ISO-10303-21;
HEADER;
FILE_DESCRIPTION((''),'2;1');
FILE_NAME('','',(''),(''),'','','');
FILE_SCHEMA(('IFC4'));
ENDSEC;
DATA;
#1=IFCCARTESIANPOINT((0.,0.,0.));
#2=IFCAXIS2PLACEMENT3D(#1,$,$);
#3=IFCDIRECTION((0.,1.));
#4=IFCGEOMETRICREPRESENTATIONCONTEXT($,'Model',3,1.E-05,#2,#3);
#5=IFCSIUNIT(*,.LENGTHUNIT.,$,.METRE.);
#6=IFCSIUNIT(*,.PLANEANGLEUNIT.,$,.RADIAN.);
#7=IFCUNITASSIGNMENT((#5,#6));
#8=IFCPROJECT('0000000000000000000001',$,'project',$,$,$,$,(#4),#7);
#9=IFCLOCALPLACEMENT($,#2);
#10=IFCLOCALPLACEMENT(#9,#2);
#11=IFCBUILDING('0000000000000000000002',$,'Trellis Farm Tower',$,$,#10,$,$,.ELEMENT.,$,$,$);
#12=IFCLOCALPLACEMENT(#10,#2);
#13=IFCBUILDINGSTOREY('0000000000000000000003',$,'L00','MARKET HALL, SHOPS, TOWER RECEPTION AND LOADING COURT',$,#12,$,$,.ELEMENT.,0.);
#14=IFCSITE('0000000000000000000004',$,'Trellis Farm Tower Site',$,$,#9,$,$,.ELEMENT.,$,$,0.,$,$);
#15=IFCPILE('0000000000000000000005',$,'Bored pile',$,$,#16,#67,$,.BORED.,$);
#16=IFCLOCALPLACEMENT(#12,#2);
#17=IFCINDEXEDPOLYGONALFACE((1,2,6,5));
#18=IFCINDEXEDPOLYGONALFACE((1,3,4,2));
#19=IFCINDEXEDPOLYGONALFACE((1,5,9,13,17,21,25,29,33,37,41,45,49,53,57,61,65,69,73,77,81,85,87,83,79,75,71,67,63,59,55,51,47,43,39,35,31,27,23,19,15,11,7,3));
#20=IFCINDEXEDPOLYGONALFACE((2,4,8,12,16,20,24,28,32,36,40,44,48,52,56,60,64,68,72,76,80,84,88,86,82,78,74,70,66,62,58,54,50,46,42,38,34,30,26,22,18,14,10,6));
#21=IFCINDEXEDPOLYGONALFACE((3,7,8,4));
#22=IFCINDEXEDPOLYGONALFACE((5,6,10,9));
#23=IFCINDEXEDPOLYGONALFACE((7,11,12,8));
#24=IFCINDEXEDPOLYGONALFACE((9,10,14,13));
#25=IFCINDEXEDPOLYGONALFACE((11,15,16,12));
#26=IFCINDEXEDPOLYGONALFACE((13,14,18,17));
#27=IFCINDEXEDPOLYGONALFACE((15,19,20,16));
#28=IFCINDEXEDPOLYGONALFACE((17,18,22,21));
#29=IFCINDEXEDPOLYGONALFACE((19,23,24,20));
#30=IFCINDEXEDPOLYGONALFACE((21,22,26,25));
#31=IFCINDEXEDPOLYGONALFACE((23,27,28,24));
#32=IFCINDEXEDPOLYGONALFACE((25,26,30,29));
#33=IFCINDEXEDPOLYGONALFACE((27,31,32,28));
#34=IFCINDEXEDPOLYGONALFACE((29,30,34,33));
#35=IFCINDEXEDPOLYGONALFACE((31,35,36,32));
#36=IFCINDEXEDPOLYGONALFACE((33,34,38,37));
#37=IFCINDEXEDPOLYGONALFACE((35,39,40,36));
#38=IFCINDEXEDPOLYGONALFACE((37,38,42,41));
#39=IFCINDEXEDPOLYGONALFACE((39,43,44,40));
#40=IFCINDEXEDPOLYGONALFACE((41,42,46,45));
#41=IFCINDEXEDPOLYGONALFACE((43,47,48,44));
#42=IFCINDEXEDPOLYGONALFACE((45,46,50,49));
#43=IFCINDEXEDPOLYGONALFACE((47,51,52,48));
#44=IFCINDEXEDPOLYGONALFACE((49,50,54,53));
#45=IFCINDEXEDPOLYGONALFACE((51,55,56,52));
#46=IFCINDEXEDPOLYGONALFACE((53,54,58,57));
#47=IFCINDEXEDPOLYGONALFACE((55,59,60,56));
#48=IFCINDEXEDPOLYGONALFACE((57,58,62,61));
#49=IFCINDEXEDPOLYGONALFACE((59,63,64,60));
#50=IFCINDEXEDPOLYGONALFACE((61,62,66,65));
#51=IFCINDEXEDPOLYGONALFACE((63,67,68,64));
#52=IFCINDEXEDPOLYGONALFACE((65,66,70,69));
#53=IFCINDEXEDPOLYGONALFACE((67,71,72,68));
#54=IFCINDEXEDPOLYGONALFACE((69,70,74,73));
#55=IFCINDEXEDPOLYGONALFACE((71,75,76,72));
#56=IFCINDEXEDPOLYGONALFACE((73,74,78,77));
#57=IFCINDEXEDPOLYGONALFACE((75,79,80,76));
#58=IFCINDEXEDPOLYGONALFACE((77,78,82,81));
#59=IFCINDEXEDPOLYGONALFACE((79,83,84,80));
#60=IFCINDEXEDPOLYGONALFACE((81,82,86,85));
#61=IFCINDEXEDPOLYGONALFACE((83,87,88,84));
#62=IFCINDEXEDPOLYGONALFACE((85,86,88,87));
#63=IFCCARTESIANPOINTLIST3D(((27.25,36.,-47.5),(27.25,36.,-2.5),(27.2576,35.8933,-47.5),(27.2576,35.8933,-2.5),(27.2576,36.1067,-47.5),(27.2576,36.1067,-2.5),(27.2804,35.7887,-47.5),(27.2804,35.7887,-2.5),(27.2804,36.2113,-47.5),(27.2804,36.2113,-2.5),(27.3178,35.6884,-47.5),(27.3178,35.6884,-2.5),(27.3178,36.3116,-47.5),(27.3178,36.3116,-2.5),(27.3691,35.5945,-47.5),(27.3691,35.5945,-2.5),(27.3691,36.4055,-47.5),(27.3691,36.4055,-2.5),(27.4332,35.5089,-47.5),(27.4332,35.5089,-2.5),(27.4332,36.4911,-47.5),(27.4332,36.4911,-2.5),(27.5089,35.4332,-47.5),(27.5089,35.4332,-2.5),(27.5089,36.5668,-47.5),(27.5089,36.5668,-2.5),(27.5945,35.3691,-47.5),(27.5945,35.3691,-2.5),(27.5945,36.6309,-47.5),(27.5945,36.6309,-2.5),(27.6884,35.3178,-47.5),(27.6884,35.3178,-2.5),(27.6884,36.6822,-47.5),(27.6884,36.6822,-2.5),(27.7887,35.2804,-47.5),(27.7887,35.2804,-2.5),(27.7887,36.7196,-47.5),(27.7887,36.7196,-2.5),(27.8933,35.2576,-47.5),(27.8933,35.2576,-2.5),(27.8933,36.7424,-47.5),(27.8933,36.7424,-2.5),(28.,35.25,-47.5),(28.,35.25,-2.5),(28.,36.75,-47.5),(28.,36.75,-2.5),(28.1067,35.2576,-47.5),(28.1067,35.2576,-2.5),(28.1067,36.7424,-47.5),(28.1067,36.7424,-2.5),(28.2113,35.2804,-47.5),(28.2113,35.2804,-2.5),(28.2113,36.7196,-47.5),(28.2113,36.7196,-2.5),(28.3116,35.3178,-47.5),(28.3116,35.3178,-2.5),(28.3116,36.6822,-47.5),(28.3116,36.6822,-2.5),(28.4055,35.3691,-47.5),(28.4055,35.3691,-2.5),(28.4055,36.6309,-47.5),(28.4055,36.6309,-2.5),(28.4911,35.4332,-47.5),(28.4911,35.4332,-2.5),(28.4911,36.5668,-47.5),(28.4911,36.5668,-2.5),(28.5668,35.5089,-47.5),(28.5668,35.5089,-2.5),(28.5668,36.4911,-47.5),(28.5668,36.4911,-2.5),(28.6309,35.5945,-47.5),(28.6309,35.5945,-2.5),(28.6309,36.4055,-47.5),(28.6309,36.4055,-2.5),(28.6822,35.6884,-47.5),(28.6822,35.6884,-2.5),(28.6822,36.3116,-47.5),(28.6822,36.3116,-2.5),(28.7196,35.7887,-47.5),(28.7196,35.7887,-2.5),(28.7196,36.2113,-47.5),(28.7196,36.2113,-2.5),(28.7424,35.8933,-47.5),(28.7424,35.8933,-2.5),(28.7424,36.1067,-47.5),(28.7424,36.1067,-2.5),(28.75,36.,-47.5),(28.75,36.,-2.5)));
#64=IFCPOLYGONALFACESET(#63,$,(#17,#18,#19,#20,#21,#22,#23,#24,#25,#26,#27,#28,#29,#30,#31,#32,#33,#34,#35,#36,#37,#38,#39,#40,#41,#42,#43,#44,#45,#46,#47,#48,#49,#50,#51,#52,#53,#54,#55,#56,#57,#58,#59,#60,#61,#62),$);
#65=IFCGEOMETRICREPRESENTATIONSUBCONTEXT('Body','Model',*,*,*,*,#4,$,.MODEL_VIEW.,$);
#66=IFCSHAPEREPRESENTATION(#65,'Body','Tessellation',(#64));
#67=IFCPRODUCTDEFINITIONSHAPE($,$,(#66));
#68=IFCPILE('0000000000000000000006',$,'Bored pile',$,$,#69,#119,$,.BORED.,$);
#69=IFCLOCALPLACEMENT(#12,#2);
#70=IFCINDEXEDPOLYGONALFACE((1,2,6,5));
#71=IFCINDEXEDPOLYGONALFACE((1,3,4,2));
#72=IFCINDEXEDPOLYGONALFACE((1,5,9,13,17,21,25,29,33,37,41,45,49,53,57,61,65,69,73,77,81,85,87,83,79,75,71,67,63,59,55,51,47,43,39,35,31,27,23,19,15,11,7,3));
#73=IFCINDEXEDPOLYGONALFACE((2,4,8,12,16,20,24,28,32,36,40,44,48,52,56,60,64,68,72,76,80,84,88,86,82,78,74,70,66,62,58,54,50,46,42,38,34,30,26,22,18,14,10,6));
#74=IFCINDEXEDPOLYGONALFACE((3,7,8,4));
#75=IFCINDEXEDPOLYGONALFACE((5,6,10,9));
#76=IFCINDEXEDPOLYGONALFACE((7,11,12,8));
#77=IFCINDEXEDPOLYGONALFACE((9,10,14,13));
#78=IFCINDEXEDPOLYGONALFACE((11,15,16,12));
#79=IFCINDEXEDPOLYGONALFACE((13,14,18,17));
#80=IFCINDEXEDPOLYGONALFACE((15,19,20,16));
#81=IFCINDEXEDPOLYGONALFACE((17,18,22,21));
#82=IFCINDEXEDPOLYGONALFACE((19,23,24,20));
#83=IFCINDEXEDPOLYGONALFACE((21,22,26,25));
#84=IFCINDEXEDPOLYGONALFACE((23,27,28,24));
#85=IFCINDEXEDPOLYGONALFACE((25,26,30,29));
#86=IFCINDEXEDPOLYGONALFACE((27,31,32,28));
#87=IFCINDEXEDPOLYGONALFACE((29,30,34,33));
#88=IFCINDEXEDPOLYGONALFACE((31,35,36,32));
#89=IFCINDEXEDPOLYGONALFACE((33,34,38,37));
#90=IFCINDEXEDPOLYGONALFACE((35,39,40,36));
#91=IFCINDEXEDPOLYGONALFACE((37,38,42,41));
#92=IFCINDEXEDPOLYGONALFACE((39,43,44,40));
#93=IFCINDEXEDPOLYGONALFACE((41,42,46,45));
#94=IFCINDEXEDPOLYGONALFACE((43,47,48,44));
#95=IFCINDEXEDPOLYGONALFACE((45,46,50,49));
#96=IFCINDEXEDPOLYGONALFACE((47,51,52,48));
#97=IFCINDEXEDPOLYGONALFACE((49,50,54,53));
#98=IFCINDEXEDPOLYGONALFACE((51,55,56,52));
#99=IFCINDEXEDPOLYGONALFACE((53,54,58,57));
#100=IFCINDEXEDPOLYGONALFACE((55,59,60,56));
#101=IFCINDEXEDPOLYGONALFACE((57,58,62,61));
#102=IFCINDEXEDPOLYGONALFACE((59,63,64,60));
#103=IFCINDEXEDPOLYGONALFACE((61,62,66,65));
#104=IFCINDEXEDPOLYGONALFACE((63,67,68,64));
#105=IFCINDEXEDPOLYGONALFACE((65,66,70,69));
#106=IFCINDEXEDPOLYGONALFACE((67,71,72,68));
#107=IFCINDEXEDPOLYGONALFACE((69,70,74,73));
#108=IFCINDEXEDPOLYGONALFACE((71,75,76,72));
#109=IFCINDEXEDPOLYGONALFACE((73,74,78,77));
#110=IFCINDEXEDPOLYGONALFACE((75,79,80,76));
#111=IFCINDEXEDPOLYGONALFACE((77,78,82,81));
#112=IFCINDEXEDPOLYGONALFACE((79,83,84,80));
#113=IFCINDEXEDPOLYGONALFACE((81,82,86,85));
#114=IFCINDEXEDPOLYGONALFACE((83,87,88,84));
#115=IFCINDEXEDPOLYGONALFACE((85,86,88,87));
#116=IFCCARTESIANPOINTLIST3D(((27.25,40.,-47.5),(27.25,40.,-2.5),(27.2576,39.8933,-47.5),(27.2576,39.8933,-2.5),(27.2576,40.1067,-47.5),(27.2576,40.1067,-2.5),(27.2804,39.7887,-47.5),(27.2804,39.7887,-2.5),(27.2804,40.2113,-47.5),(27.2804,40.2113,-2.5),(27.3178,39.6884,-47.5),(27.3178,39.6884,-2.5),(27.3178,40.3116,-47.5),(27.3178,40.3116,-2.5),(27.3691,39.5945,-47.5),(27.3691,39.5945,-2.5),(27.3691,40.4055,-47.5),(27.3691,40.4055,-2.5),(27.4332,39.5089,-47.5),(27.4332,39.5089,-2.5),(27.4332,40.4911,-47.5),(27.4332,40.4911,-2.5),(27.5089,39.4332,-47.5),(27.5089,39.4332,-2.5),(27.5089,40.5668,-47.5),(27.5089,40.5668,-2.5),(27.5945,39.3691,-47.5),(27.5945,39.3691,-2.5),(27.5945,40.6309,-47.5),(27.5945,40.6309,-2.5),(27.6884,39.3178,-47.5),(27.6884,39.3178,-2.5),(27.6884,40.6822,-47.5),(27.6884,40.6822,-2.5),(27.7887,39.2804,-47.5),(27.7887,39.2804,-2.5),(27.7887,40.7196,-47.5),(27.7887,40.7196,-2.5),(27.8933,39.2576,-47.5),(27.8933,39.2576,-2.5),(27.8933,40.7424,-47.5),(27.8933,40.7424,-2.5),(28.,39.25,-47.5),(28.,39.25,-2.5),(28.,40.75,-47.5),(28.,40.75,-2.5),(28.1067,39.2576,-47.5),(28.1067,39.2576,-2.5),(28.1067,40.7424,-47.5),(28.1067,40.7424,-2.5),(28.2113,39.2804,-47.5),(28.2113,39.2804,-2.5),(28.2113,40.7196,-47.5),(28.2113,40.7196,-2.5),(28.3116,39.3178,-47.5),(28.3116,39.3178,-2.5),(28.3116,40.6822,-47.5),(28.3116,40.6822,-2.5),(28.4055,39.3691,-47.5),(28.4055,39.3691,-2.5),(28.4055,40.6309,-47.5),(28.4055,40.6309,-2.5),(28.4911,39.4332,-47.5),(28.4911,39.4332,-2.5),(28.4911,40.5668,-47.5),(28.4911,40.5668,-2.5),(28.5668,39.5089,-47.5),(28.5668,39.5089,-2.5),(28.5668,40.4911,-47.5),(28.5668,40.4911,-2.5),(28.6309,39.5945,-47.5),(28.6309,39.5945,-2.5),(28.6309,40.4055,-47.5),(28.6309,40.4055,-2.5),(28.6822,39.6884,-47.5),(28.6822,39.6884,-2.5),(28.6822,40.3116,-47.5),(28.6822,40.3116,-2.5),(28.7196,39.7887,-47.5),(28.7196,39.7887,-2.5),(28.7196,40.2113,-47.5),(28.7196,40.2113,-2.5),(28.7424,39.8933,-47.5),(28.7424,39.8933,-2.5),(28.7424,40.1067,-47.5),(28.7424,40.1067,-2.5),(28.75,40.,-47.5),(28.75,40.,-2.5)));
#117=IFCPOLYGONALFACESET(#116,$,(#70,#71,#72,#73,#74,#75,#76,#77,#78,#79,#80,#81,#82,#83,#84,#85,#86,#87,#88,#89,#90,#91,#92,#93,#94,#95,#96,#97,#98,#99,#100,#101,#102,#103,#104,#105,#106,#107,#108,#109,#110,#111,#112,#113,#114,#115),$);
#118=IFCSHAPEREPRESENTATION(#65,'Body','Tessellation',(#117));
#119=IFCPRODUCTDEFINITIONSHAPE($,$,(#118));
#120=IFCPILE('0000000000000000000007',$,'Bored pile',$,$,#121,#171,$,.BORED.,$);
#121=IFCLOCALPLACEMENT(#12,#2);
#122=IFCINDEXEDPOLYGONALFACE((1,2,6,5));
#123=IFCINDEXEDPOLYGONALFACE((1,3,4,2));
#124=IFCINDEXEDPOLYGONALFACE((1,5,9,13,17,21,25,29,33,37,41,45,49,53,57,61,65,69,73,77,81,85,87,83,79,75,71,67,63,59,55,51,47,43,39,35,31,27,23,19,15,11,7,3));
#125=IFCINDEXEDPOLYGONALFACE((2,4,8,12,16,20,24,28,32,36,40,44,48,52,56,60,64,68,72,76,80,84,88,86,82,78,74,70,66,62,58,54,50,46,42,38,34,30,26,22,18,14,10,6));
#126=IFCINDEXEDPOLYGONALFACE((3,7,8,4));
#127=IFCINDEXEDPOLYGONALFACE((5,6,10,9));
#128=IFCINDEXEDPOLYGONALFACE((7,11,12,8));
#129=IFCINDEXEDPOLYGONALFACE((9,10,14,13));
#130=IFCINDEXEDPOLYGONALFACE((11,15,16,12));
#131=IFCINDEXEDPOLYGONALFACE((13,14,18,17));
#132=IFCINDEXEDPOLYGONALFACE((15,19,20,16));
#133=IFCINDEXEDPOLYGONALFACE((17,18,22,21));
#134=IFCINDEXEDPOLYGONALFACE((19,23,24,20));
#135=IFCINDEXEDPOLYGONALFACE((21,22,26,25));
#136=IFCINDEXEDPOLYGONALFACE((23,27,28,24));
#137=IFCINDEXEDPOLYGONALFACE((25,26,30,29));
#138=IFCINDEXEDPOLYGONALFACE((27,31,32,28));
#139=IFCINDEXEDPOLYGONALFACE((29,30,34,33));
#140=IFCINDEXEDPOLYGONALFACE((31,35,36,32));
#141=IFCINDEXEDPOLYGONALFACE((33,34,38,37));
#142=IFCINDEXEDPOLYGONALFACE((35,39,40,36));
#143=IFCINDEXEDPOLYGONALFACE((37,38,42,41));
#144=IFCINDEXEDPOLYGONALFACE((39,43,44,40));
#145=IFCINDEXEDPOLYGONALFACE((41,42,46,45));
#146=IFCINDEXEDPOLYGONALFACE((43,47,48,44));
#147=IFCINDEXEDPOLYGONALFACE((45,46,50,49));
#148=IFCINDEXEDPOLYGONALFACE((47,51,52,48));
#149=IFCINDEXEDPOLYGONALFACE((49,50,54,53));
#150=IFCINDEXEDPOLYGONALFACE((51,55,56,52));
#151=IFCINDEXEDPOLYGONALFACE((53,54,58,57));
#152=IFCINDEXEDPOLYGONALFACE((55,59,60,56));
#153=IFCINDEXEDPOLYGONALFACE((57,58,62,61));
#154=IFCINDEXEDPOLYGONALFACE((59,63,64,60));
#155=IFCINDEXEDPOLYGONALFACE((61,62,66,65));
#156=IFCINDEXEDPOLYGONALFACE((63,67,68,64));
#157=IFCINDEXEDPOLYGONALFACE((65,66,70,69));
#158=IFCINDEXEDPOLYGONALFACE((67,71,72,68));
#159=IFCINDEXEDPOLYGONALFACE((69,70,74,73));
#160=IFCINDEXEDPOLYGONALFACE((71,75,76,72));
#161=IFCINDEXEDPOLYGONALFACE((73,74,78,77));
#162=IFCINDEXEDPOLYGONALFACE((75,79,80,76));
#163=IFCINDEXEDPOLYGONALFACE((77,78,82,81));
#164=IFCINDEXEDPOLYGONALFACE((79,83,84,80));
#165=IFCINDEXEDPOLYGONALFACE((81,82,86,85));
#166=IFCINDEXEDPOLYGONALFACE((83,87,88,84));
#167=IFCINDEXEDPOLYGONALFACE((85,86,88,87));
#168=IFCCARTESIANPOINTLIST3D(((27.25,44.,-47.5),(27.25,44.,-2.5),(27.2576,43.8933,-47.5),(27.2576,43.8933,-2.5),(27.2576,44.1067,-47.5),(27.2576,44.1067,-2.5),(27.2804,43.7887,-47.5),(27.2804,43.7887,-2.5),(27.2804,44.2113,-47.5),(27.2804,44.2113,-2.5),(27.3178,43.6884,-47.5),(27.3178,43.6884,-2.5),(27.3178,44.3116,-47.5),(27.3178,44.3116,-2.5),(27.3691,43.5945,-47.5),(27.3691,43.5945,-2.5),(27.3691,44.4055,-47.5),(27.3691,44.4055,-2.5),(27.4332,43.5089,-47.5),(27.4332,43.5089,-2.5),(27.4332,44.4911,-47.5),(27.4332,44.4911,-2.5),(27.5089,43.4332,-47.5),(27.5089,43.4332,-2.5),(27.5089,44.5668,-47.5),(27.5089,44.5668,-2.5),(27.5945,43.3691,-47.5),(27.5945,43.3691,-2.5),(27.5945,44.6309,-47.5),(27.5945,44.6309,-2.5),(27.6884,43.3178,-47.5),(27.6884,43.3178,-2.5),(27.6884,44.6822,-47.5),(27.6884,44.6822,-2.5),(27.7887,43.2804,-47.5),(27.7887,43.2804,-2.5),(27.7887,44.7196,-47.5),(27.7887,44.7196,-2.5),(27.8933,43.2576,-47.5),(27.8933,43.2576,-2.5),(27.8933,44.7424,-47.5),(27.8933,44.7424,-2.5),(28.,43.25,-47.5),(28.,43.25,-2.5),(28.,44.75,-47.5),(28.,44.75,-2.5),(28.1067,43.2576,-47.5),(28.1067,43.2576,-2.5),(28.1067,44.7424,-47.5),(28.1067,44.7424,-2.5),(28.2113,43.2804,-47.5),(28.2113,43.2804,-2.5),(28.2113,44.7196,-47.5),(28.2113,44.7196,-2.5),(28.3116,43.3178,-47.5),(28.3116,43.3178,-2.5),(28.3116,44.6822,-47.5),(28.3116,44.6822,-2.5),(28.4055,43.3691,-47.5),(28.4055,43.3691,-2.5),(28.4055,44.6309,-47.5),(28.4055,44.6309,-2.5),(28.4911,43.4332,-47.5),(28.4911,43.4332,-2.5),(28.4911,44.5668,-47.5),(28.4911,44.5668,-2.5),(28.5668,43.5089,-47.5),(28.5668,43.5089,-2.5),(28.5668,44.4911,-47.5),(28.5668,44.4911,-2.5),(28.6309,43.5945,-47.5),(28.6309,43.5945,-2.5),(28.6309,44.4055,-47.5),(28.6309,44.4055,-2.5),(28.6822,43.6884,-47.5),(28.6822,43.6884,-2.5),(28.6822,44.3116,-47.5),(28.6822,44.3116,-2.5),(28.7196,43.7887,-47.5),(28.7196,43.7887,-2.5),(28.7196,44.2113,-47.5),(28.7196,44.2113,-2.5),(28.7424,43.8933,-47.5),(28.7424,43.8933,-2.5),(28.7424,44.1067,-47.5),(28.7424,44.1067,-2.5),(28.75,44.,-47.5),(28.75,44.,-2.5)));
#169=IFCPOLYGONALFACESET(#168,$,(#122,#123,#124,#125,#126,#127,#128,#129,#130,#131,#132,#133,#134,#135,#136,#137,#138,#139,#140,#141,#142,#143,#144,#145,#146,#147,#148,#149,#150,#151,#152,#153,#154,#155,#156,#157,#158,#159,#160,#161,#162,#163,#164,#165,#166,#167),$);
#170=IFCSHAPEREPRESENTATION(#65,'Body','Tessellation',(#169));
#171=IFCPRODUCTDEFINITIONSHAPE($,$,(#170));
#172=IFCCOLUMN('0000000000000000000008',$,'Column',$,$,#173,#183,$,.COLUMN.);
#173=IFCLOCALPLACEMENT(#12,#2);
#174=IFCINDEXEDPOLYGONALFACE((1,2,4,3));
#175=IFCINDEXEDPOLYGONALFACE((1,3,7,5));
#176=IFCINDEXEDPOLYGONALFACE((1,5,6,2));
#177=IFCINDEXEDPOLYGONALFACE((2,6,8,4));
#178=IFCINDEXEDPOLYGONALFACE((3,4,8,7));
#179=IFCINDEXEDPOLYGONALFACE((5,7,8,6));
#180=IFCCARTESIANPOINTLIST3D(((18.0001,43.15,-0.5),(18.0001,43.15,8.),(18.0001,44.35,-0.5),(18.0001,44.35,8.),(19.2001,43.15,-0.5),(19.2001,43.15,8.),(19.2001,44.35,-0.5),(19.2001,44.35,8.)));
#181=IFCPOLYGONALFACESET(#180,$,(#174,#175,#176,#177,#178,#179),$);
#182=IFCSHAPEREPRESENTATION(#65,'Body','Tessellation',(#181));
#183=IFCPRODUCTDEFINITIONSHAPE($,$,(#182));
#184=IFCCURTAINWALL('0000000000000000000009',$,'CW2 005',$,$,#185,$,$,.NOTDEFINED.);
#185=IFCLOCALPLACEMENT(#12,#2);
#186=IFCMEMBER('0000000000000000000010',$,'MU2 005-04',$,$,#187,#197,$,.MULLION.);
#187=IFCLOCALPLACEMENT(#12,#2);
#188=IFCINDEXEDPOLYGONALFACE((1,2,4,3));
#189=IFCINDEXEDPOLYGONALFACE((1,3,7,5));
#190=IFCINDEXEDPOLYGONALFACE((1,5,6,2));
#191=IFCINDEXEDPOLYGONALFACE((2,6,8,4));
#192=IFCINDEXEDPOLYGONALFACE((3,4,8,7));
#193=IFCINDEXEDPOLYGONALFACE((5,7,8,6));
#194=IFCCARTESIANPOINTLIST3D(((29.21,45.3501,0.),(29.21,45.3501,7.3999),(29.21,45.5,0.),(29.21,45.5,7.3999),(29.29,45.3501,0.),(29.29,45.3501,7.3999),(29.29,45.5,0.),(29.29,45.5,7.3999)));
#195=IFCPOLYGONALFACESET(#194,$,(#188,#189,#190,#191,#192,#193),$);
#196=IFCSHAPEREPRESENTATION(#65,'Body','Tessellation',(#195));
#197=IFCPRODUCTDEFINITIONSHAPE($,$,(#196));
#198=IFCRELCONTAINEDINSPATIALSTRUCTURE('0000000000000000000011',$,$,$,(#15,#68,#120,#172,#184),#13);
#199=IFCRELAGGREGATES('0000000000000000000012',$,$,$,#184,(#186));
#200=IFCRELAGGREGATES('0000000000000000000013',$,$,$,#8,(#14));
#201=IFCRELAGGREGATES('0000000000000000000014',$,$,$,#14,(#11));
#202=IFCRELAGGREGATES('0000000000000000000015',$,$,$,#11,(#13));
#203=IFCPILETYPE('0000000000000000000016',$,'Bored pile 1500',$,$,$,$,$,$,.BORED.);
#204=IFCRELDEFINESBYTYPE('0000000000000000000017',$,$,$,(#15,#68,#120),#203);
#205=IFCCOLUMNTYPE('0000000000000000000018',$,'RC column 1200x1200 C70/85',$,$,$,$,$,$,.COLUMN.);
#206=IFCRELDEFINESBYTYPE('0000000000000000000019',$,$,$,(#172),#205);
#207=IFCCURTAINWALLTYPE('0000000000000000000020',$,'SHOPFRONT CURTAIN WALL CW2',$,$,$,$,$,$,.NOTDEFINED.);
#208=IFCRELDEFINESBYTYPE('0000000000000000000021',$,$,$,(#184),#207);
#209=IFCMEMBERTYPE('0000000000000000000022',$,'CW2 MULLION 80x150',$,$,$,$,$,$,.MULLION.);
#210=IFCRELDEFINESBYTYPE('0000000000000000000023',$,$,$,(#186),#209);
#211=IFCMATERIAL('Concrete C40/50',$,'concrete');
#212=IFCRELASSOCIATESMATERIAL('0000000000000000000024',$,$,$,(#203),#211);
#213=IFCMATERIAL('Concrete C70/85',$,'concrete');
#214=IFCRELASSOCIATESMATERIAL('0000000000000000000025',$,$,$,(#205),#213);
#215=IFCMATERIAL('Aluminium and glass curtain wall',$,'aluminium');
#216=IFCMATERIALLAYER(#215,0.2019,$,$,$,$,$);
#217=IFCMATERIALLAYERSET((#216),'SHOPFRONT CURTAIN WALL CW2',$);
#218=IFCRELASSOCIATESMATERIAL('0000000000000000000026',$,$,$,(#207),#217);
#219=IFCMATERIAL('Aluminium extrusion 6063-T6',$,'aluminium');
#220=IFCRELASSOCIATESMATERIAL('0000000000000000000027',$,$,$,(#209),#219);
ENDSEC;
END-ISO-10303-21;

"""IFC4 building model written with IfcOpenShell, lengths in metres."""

from ifc_helpers import new_model, si_unit, direction, frame, origin, origin_2d, place, context, subcontext, project, spatial, rectangle, circle, extrude, source, transform, mapped, material, layer, layer_set, material_profile, profile_set, type_object, element, aggregate, save


model = new_model("IFC4")

# Units and contexts
model_context = context("Model", 3, precision=1e-05, world=origin(), true_north=direction((0.0, 1.0)))
body_context = subcontext(model_context, "Body", "Model", "MODEL_VIEW")
ifc_project = project(units=[si_unit("LENGTHUNIT", "METRE"), si_unit("PLANEANGLEUNIT", "RADIAN")], contexts=[model_context])

# Site, building, storey
site_placement = place(None, origin())
site = spatial("IfcSite", under=ifc_project, at=site_placement, Name="Trellis Farm Tower Site", CompositionType="ELEMENT", RefElevation=0.0)
building_placement = place(site_placement, origin())
building = spatial("IfcBuilding", under=site, at=building_placement, Name="Trellis Farm Tower", CompositionType="ELEMENT")
storey_placement = place(building_placement, origin())
storey = spatial("IfcBuildingStorey", under=building, at=storey_placement, Name="L00", Description="MARKET HALL, SHOPS, TOWER RECEPTION AND LOADING COURT", CompositionType="ELEMENT", Elevation=0.0)

# Piles
ifc_material_1 = material(Name="Concrete C40/50", Category="concrete")
ifc_material_profile_1 = material_profile(ifc_material_1, circle(Radius=0.75, at=origin_2d()), Name="Bored pile 1500")
ifc_profile_set_1 = profile_set([ifc_material_profile_1], Name="Concrete C40/50")
pile_type = type_object("IfcPileType", Name="Bored pile 1500", PredefinedType="BORED", material=ifc_profile_set_1)
shared_shape_1 = source(origin(), body_context, "Body", "SweptSolid", [
    extrude(circle(Radius=0.75, at=origin_2d()), origin(), (0.0, 0.0, 1.0), 45.0),
])
for number, where, z_axis, x_axis, name in (
    (1, (28.0, 36.0, -2.5), (0.0, 0.0, -1.0), (1.0, 0.0, 0.0), "Bored pile"),
    (2, (28.0, 40.0, -2.5), (0.0, 0.0, -1.0), (1.0, 0.0, 0.0), "Bored pile"),
    (3, (28.0, 44.0, -2.5), (0.0, 0.0, -1.0), (1.0, 0.0, 0.0), "Bored pile"),
):
    element("IfcPile", number, at=place(storey_placement, frame(where, z_axis=z_axis, x_axis=x_axis)), inside=storey, type_object=pile_type, Name=name, PredefinedType="BORED", context=body_context, shape_type="MappedRepresentation", body=[
        mapped(shared_shape_1, transform((0.0, 0.0, 0.0))),
    ])

# Column
ifc_material_2 = material(Name="Concrete C70/85", Category="concrete")
ifc_material_profile_2 = material_profile(ifc_material_2, rectangle(XDim=1.2, YDim=1.2, at=origin_2d()), Name="RC column 1200x1200 C70/85")
ifc_profile_set_2 = profile_set([ifc_material_profile_2], Name="Concrete C70/85")
column_type = type_object("IfcColumnType", Name="RC column 1200x1200 C70/85", PredefinedType="COLUMN", material=ifc_profile_set_2)
shared_shape_2 = source(origin(), body_context, "Body", "SweptSolid", [
    extrude(rectangle(XDim=1.2, YDim=1.2, at=origin_2d()), origin(), (0.0, 0.0, 1.0), 8.5),
])
column_placement = place(storey_placement, frame((18.6001, 43.75, -0.5), z_axis=(0.0, 0.0, 1.0), x_axis=(1.0, 0.0, 0.0)))
element("IfcColumn", 4, at=column_placement, inside=storey, type_object=column_type, Name="Column", PredefinedType="COLUMN", context=body_context, shape_type="MappedRepresentation", body=[
    mapped(shared_shape_2, transform((0.0, 0.0, 0.0))),
])

# Curtain wall, member
ifc_material_3 = material(Name="Aluminium and glass curtain wall", Category="aluminium")
ifc_layer_1 = layer(ifc_material_3, 0.2019)
ifc_layer_set_1 = layer_set([ifc_layer_1], Name="SHOPFRONT CURTAIN WALL CW2")
curtain_wall_type = type_object("IfcCurtainWallType", Name="SHOPFRONT CURTAIN WALL CW2", PredefinedType="NOTDEFINED", material=ifc_layer_set_1)
placement = place(storey_placement, origin())
curtain_wall_1 = element("IfcCurtainWall", 5, at=placement, inside=storey, type_object=curtain_wall_type, Name="CW2 005", PredefinedType="NOTDEFINED")
ifc_material_4 = material(Name="Aluminium extrusion 6063-T6", Category="aluminium")
ifc_material_profile_3 = material_profile(ifc_material_4, rectangle(XDim=0.0801, YDim=0.1499, at=origin_2d()), Name="MULLION 80x150")
ifc_profile_set_3 = profile_set([ifc_material_profile_3], Name="Aluminium extrusion 6063-T6")
member_type = type_object("IfcMemberType", Name="CW2 MULLION 80x150", PredefinedType="MULLION", material=ifc_profile_set_3)
shared_shape_3 = source(origin(), body_context, "Body", "SweptSolid", [
    extrude(rectangle(XDim=0.0801, YDim=0.1499, at=origin_2d()), origin(), (0.0, 0.0, 1.0), 7.3999),
])
member_1_placement = place(storey_placement, frame((29.25, 45.425, 0.0), z_axis=(0.0, 0.0, 1.0), x_axis=(-1.0, 0.0, 0.0)))
member_1 = element("IfcMember", 6, at=member_1_placement, type_object=member_type, Name="MU2 005-04", PredefinedType="MULLION", context=body_context, shape_type="MappedRepresentation", body=[
    mapped(shared_shape_3, transform((0.0, 0.0, 0.0))),
])
aggregate(curtain_wall_1, [member_1])

save(model, "model.ifc")
